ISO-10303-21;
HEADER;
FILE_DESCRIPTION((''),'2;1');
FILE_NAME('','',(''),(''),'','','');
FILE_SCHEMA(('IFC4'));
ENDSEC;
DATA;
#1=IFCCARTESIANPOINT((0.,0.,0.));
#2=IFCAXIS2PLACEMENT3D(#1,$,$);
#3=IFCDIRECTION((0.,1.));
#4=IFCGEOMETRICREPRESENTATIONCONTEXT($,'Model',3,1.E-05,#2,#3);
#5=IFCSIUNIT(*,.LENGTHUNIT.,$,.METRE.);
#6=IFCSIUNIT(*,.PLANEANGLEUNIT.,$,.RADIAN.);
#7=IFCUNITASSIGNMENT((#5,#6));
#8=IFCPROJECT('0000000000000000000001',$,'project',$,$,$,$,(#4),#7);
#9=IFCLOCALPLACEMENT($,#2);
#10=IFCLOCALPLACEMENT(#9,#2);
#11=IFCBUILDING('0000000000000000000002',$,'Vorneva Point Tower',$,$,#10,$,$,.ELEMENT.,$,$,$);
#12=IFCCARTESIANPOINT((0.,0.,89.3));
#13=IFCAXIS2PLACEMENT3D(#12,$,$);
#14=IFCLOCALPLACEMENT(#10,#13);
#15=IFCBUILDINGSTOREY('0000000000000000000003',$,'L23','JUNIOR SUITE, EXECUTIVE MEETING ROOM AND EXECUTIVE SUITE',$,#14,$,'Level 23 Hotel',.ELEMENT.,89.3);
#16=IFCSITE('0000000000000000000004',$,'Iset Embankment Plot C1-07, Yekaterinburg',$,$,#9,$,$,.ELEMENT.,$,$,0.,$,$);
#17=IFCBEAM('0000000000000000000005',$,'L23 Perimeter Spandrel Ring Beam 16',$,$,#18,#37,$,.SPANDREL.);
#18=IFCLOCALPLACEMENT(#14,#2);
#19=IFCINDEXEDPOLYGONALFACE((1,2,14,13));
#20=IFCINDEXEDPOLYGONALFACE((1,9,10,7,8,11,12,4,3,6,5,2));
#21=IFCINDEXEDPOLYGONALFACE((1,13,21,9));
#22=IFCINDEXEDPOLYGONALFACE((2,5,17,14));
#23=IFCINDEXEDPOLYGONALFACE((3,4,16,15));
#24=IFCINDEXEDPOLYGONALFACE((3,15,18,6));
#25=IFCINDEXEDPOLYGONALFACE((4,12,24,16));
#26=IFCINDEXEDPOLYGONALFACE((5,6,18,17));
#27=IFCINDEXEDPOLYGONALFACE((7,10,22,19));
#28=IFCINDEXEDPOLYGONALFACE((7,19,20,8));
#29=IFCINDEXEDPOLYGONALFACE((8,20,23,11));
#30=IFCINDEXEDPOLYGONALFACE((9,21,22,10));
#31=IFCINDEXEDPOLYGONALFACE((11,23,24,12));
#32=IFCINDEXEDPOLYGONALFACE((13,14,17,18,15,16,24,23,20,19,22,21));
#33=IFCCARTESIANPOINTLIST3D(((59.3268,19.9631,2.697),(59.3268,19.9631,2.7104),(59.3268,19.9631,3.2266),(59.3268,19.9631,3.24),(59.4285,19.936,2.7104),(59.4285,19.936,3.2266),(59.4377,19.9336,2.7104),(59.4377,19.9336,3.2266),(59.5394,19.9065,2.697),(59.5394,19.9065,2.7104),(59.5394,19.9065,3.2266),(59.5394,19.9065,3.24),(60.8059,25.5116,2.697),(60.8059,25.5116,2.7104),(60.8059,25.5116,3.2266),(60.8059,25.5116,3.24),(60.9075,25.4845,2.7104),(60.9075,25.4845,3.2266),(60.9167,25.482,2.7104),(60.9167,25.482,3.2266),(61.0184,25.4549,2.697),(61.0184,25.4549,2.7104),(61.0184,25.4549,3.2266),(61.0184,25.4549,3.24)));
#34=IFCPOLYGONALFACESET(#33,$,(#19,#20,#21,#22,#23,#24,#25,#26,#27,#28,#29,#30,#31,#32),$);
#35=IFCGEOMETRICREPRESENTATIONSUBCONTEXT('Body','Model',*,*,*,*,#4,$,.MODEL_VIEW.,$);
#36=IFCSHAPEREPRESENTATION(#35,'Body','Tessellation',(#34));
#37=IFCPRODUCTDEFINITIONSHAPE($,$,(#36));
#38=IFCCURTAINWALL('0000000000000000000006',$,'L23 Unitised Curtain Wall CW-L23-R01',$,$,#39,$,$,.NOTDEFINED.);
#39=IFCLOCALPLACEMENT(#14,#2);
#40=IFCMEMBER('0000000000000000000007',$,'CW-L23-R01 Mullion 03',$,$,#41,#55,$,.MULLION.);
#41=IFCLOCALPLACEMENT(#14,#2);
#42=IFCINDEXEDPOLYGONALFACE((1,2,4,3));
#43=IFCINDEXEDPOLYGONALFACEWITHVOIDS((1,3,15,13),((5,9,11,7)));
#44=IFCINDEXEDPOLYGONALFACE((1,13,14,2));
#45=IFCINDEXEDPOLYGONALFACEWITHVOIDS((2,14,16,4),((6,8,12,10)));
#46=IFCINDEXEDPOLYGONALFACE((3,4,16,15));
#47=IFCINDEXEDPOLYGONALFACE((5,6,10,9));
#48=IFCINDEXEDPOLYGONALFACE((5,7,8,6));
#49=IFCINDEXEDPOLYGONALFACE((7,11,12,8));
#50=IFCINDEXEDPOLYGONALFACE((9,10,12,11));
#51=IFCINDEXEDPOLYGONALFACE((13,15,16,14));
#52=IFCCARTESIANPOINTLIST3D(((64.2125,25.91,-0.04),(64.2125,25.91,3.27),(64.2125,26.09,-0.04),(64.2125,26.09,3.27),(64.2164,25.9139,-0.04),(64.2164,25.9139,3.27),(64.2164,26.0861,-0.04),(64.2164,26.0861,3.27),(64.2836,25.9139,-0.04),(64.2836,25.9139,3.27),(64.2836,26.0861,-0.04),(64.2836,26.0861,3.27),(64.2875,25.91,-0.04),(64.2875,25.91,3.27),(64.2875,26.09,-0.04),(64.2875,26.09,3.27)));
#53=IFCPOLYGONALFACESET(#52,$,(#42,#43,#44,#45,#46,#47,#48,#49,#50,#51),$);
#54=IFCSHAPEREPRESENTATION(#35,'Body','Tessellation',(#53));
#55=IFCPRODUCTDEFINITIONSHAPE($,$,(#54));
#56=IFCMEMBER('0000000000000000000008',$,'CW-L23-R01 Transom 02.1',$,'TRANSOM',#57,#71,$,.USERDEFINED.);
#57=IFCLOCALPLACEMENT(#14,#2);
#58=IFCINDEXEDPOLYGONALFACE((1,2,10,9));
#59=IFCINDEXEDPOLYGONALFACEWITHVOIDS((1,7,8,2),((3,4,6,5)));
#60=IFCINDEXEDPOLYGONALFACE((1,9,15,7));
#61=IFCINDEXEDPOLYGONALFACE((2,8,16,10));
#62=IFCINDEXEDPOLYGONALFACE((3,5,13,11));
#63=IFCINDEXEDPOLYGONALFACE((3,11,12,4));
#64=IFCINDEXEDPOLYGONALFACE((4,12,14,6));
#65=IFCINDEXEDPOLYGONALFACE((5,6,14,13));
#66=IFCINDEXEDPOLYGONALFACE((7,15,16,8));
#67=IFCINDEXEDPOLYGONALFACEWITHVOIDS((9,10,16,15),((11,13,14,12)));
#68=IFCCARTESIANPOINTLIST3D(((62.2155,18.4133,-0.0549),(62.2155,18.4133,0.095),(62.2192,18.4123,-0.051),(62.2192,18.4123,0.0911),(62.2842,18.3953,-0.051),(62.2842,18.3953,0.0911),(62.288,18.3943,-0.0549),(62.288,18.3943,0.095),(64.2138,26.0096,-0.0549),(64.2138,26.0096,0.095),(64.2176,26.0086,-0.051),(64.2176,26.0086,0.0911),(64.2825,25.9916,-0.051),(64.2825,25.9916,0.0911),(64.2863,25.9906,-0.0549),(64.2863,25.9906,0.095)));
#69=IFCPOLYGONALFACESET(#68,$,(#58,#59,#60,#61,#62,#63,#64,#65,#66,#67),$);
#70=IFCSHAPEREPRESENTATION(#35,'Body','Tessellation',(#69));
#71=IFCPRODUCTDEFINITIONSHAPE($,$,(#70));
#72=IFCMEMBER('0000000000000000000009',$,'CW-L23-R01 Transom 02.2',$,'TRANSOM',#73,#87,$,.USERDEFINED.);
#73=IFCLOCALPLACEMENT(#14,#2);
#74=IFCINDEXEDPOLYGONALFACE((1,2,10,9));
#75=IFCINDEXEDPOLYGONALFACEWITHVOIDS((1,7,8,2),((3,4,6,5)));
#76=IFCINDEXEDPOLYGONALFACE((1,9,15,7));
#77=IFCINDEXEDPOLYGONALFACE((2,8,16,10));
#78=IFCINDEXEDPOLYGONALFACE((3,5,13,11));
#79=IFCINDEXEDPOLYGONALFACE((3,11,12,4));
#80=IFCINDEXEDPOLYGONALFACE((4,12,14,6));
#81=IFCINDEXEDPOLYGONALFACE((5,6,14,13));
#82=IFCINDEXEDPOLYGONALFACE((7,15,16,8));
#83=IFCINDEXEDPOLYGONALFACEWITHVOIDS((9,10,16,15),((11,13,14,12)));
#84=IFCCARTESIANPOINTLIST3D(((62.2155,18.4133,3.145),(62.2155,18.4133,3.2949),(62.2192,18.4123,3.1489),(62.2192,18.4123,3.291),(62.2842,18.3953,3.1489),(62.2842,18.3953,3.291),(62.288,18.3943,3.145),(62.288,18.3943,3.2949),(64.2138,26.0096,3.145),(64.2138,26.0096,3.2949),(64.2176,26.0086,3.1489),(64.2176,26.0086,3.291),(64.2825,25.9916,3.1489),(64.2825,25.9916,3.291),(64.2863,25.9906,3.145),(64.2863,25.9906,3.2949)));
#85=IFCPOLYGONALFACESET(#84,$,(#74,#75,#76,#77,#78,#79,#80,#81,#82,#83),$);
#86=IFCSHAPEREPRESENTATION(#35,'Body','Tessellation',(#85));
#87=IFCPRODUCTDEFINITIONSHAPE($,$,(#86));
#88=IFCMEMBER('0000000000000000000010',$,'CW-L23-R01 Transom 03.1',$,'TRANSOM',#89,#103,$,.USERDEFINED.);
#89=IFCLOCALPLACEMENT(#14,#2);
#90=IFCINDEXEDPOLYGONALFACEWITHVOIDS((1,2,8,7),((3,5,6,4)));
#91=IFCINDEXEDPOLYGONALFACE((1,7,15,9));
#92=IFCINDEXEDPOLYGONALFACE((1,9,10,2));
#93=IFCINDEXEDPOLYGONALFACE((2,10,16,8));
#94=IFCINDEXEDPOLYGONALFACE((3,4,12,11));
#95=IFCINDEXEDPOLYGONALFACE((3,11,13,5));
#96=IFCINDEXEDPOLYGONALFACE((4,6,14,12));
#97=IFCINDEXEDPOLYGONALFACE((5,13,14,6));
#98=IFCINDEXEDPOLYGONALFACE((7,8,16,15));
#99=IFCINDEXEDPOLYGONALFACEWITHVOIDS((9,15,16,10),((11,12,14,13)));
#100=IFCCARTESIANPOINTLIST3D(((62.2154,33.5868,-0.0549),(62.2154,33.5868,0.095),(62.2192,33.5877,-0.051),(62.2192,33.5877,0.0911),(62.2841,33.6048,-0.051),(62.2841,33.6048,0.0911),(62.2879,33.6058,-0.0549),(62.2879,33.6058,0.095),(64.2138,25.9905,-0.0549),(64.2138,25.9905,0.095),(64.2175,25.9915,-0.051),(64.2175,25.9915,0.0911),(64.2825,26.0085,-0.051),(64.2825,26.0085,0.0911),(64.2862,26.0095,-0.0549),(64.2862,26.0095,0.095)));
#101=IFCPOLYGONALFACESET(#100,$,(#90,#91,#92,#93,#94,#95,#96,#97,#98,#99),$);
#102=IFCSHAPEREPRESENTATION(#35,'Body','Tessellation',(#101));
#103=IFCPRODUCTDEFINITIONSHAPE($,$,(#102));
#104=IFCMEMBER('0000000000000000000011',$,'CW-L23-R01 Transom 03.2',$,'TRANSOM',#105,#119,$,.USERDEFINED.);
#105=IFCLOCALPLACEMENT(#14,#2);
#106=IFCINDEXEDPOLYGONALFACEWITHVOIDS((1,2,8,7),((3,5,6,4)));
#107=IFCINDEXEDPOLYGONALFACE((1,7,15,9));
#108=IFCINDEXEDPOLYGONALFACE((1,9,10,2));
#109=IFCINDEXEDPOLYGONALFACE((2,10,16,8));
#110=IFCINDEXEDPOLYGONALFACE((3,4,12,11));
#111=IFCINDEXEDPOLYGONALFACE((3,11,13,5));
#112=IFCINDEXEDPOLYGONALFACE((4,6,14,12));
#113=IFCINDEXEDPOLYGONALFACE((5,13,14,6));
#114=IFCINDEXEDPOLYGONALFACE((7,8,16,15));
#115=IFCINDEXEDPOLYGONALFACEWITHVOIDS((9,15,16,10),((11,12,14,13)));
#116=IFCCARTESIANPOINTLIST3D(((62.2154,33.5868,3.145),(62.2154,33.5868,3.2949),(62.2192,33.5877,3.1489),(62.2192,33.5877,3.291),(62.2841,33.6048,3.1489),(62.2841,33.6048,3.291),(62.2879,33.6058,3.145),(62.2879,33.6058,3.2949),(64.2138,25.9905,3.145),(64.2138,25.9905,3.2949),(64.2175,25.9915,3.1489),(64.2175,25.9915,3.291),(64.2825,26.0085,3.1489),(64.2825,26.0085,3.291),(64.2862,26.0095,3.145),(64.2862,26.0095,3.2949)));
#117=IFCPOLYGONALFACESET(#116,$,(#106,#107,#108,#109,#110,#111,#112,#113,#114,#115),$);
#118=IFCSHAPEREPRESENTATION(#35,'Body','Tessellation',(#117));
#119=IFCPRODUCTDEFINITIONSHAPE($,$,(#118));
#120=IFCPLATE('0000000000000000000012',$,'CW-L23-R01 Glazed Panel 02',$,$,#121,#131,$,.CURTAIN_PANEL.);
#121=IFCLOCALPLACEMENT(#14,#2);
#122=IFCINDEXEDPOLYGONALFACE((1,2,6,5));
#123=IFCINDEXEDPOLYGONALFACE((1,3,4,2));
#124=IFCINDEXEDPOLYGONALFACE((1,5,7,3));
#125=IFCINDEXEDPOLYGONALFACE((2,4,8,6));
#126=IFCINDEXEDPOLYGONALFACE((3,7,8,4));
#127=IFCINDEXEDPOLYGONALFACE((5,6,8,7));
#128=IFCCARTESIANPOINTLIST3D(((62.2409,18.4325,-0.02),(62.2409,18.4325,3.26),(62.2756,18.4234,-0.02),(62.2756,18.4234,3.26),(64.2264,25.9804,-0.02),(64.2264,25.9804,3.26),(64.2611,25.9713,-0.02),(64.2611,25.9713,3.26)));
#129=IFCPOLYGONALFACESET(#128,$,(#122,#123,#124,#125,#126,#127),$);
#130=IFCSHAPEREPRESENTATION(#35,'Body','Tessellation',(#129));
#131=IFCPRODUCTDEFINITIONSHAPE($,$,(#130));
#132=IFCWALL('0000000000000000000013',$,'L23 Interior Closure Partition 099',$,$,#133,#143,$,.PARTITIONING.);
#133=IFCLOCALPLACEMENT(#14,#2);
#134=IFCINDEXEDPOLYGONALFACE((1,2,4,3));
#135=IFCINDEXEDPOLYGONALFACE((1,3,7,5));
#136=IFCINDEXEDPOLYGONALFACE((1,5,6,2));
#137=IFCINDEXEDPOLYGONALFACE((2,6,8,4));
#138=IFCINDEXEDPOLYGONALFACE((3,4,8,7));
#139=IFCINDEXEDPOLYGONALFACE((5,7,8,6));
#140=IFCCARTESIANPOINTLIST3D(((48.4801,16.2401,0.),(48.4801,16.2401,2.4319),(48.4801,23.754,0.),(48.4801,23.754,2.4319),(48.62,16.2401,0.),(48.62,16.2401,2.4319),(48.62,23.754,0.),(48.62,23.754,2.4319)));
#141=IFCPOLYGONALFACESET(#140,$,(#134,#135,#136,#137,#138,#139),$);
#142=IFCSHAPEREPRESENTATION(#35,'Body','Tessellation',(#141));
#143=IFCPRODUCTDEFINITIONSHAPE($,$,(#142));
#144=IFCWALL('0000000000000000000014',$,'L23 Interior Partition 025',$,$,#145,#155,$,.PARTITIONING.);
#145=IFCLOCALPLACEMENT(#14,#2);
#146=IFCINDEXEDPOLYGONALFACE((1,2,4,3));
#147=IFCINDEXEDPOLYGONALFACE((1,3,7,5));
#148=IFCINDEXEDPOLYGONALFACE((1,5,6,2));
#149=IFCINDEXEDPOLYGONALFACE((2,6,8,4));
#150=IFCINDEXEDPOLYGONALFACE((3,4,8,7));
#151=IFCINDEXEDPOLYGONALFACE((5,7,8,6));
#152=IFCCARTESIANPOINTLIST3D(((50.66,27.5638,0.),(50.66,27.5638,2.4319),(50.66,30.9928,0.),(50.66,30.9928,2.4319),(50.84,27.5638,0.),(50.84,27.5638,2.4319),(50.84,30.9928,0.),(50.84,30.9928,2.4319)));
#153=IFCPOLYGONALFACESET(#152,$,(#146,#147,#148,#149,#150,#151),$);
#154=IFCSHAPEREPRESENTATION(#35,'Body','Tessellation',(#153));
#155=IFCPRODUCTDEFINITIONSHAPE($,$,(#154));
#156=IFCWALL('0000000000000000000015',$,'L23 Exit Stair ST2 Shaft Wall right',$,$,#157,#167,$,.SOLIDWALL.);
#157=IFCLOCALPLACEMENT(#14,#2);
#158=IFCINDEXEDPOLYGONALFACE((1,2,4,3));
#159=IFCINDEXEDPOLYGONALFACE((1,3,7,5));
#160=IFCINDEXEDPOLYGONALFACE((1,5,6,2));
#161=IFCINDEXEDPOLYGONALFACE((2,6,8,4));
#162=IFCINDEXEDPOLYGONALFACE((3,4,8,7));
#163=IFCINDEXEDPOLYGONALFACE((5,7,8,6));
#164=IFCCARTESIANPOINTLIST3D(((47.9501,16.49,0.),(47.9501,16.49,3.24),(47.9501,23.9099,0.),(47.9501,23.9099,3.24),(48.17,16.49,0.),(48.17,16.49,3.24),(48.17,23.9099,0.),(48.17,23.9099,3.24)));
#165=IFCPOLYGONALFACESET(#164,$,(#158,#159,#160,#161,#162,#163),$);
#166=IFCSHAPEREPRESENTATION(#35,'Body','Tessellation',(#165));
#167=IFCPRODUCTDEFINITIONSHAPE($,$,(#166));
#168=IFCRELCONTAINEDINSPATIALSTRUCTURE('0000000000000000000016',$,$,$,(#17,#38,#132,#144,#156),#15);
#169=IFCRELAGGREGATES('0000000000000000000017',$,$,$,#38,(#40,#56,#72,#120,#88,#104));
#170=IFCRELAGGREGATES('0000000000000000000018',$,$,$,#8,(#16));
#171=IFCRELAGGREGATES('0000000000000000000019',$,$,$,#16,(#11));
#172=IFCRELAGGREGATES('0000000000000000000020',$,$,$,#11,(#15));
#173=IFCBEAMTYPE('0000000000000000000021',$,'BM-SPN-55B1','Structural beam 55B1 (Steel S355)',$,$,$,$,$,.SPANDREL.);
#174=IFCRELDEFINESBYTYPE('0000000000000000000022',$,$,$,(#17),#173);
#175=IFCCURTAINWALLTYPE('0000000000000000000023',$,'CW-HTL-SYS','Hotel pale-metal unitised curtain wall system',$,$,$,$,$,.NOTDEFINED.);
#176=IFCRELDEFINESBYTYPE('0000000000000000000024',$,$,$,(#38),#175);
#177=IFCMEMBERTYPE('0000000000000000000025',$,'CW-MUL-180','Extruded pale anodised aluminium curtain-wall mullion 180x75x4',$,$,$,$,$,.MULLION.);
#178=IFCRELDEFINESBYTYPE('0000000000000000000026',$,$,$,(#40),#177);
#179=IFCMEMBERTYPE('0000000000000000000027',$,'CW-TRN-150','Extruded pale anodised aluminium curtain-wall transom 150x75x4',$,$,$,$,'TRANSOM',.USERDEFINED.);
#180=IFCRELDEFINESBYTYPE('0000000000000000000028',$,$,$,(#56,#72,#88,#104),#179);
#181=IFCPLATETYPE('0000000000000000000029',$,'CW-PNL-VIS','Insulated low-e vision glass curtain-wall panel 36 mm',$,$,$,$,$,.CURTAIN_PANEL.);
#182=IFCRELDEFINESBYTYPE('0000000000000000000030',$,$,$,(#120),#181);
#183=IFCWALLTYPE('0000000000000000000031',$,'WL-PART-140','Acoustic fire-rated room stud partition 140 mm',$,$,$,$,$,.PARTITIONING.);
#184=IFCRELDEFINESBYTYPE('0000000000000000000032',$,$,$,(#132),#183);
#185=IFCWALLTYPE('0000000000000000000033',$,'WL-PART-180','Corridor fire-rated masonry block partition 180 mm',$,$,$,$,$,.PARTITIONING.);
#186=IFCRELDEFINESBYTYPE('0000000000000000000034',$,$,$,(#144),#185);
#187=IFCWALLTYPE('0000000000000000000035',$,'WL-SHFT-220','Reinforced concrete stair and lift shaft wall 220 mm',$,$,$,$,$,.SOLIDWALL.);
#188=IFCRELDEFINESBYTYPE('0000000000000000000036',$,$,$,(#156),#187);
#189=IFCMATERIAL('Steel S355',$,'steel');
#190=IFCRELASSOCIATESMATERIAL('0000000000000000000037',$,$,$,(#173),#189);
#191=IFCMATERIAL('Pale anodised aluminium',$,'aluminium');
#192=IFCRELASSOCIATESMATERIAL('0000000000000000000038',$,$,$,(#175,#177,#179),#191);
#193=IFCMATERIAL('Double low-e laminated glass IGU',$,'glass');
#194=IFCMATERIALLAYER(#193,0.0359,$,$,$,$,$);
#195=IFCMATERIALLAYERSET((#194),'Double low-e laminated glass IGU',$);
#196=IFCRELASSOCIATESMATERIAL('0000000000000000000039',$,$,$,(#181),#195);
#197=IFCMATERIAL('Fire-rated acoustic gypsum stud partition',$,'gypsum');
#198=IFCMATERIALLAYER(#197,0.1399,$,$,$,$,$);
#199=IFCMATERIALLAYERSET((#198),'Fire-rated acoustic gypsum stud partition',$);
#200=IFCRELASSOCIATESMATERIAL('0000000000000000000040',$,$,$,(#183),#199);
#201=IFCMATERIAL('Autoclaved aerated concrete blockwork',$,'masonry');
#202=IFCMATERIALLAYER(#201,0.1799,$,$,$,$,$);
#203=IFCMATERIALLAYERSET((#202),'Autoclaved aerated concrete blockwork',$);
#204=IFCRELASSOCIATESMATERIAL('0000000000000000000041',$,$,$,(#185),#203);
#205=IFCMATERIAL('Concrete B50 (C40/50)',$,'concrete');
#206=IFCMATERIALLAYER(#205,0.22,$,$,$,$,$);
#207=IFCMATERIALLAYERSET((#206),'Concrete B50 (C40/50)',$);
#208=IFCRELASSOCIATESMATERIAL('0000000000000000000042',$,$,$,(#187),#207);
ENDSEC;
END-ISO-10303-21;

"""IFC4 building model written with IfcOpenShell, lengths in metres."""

from ifc_helpers import new_model, si_unit, direction, frame, frame_2d, origin, origin_2d, place, context, subcontext, project, spatial, rectangle, hollow_rectangle, i_section, extrude, material, layer, layer_set, material_profile, profile_set, type_object, element, aggregate, save


model = new_model("IFC4")

# Units and contexts
model_context = context("Model", 3, precision=1e-05, world=origin(), true_north=direction((0.0, 1.0)))
body_context = subcontext(model_context, "Body", "Model", "MODEL_VIEW")
ifc_project = project(units=[si_unit("LENGTHUNIT", "METRE"), si_unit("PLANEANGLEUNIT", "RADIAN")], contexts=[model_context])

# Site, building, storey
site_placement = place(None, origin())
site = spatial("IfcSite", under=ifc_project, at=site_placement, Name="Iset Embankment Plot C1-07, Yekaterinburg", CompositionType="ELEMENT", RefElevation=0.0)
building_placement = place(site_placement, origin())
building = spatial("IfcBuilding", under=site, at=building_placement, Name="Vorneva Point Tower", CompositionType="ELEMENT")
storey_placement = place(building_placement, frame((0.0, 0.0, 89.3)))
storey = spatial("IfcBuildingStorey", under=building, at=storey_placement, Name="L23", Description="JUNIOR SUITE, EXECUTIVE MEETING ROOM AND EXECUTIVE SUITE", LongName="Level 23 Hotel", CompositionType="ELEMENT", Elevation=89.3)

# Beam
ifc_material_1 = material(Name="Steel S355", Category="steel")
ifc_material_profile_1 = material_profile(ifc_material_1, i_section(OverallWidth=0.22, OverallDepth=0.543, WebThickness=0.0095, FlangeThickness=0.0134, at=origin_2d()), Name="55B1")
ifc_profile_set_1 = profile_set([ifc_material_profile_1], Name="Steel S355")
beam_type_1 = type_object("IfcBeamType", Name="BM-SPN-55B1", Description="Structural beam 55B1 (Steel S355)", PredefinedType="SPANDREL", material=ifc_profile_set_1)
for number, where, z_axis, x_axis, name in (
    (1, (59.4331, 19.9348, 2.9685), (0.257573, 0.966259, 0.0), (-0.966259, 0.257573, 0.0), "L23 Perimeter Spandrel Ring Beam 16"),
):
    element("IfcBeam", number, at=place(storey_placement, frame(where, z_axis=z_axis, x_axis=x_axis)), inside=storey, type_object=beam_type_1, Name=name, PredefinedType="SPANDREL", context=body_context, shape_type="SweptSolid", body=[
        extrude(i_section(OverallWidth=0.22, OverallDepth=0.543, WebThickness=0.0095, FlangeThickness=0.0134, at=origin_2d()), origin(), (0.0, 0.0, 1.0), 5.7422),
    ])

# Curtain wall, members, plate
ifc_material_2 = material(Name="Pale anodised aluminium", Category="aluminium")
curtain_wall_type = type_object("IfcCurtainWallType", Name="CW-HTL-SYS", Description="Hotel pale-metal unitised curtain wall system", PredefinedType="NOTDEFINED", material=ifc_material_2)
curtain_wall_placement = place(storey_placement, origin())
curtain_wall = element("IfcCurtainWall", 2, at=curtain_wall_placement, inside=storey, type_object=curtain_wall_type, Name="L23 Unitised Curtain Wall CW-L23-R01", PredefinedType="NOTDEFINED")
ifc_material_profile_2 = material_profile(ifc_material_2, hollow_rectangle(XDim=0.075, YDim=0.1799, WallThickness=0.0039, at=origin_2d()), Name="AL-MUL 180x75x4")
ifc_profile_set_2 = profile_set([ifc_material_profile_2], Name="Pale anodised aluminium")
member_type_1 = type_object("IfcMemberType", Name="CW-MUL-180", Description="Extruded pale anodised aluminium curtain-wall mullion 180x75x4", PredefinedType="MULLION", material=ifc_profile_set_2)
member_1_placement = place(storey_placement, frame((64.25, 26.0, -0.04), z_axis=(0.0, 0.0, 1.0), x_axis=(1.0, 0.0, 0.0)))
member_1 = element("IfcMember", 3, at=member_1_placement, type_object=member_type_1, Name="CW-L23-R01 Mullion 03", PredefinedType="MULLION", context=body_context, shape_type="SweptSolid", body=[
    extrude(hollow_rectangle(XDim=0.075, YDim=0.1799, WallThickness=0.0039, at=origin_2d()), origin(), (0.0, 0.0, 1.0), 3.3101),
])
ifc_material_profile_3 = material_profile(ifc_material_2, hollow_rectangle(XDim=0.075, YDim=0.1499, WallThickness=0.0039, at=origin_2d()), Name="AL-TRN 150x75x4")
ifc_profile_set_3 = profile_set([ifc_material_profile_3], Name="Pale anodised aluminium")
member_type_2 = type_object("IfcMemberType", Name="CW-TRN-150", Description="Extruded pale anodised aluminium curtain-wall transom 150x75x4", ElementType="TRANSOM", PredefinedType="USERDEFINED", material=ifc_profile_set_3)
member_2_placement = place(storey_placement, frame((62.2517, 18.4038, 0.02), z_axis=(0.254409, 0.967097, 0.0), x_axis=(-0.967097, 0.254409, 0.0)))
member_2 = element("IfcMember", 4, at=member_2_placement, type_object=member_type_2, Name="CW-L23-R01 Transom 02.1", ObjectType="TRANSOM", PredefinedType="USERDEFINED", context=body_context, shape_type="SweptSolid", body=[
    extrude(hollow_rectangle(XDim=0.075, YDim=0.1499, WallThickness=0.0039, at=origin_2d()), origin(), (0.0, 0.0, 1.0), 7.8547),
])
member_3_placement = place(storey_placement, frame((62.2517, 18.4038, 3.22), z_axis=(0.254409, 0.967097, 0.0), x_axis=(-0.967097, 0.254409, 0.0)))
member_3 = element("IfcMember", 5, at=member_3_placement, type_object=member_type_2, Name="CW-L23-R01 Transom 02.2", ObjectType="TRANSOM", PredefinedType="USERDEFINED", context=body_context, shape_type="SweptSolid", body=[
    extrude(hollow_rectangle(XDim=0.075, YDim=0.1499, WallThickness=0.0039, at=origin_2d()), origin(), (0.0, 0.0, 1.0), 7.8547),
])
member_4_placement = place(storey_placement, frame((64.25, 26.0, 0.02), z_axis=(-0.254409, 0.967097, 0.0), x_axis=(-0.967097, -0.254409, 0.0)))
member_4 = element("IfcMember", 6, at=member_4_placement, type_object=member_type_2, Name="CW-L23-R01 Transom 03.1", ObjectType="TRANSOM", PredefinedType="USERDEFINED", context=body_context, shape_type="SweptSolid", body=[
    extrude(hollow_rectangle(XDim=0.075, YDim=0.1499, WallThickness=0.0039, at=origin_2d()), origin(), (0.0, 0.0, 1.0), 7.8547),
])
member_5_placement = place(storey_placement, frame((64.25, 26.0, 3.22), z_axis=(-0.254409, 0.967097, 0.0), x_axis=(-0.967097, -0.254409, 0.0)))
member_5 = element("IfcMember", 7, at=member_5_placement, type_object=member_type_2, Name="CW-L23-R01 Transom 03.2", ObjectType="TRANSOM", PredefinedType="USERDEFINED", context=body_context, shape_type="SweptSolid", body=[
    extrude(hollow_rectangle(XDim=0.075, YDim=0.1499, WallThickness=0.0039, at=origin_2d()), origin(), (0.0, 0.0, 1.0), 7.8547),
])
ifc_material_3 = material(Name="Double low-e laminated glass IGU", Category="glass")
ifc_layer_1 = layer(ifc_material_3, 0.0359)
ifc_layer_set_1 = layer_set([ifc_layer_1], Name="Double low-e laminated glass IGU")
plate_type = type_object("IfcPlateType", Name="CW-PNL-VIS", Description="Insulated low-e vision glass curtain-wall panel 36 mm", PredefinedType="CURTAIN_PANEL", material=ifc_layer_set_1)
plate_placement = place(storey_placement, frame((63.251, 22.2019, -0.02), z_axis=(0.0, 0.0, 1.0), x_axis=(0.254399, 0.967099, 0.0)))
plate = element("IfcPlate", 8, at=plate_placement, type_object=plate_type, Name="CW-L23-R01 Glazed Panel 02", PredefinedType="CURTAIN_PANEL", context=body_context, shape_type="SweptSolid", body=[
    extrude(rectangle(XDim=7.8047, YDim=0.0359, at=origin_2d()), origin(), (0.0, 0.0, 1.0), 3.28),
])
aggregate(curtain_wall, [member_1, member_2, member_3, plate, member_4, member_5])

# Wall
ifc_material_4 = material(Name="Fire-rated acoustic gypsum stud partition", Category="gypsum")
ifc_layer_2 = layer(ifc_material_4, 0.1399)
ifc_layer_set_2 = layer_set([ifc_layer_2], Name="Fire-rated acoustic gypsum stud partition")
wall_type_1 = type_object("IfcWallType", Name="WL-PART-140", Description="Acoustic fire-rated room stud partition 140 mm", PredefinedType="PARTITIONING", material=ifc_layer_set_2)
wall_1_placement = place(storey_placement, frame((48.55, 23.7539, 0.0), z_axis=(0.0, 0.0, 1.0), x_axis=(0.0, -1.0, 0.0)))
element("IfcWall", 9, at=wall_1_placement, inside=storey, type_object=wall_type_1, Name="L23 Interior Closure Partition 099", PredefinedType="PARTITIONING", context=body_context, shape_type="SweptSolid", body=[
    extrude(rectangle(XDim=7.5139, YDim=0.1399, at=frame_2d((3.7568, 0.0))), origin(), (0.0, 0.0, 1.0), 2.4319),
])

# Shared definitions
ifc_material_5 = material(Name="Autoclaved aerated concrete blockwork", Category="masonry")
ifc_layer_3 = layer(ifc_material_5, 0.1799)
ifc_layer_set_3 = layer_set([ifc_layer_3], Name="Autoclaved aerated concrete blockwork")
wall_type_2 = type_object("IfcWallType", Name="WL-PART-180", Description="Corridor fire-rated masonry block partition 180 mm", PredefinedType="PARTITIONING", material=ifc_layer_set_3)

# Walls
wall_2_placement = place(storey_placement, frame((50.75, 27.564, 0.0), z_axis=(0.0, 0.0, 1.0), x_axis=(0.0, 1.0, 0.0)))
element("IfcWall", 10, at=wall_2_placement, inside=storey, type_object=wall_type_2, Name="L23 Interior Partition 025", PredefinedType="PARTITIONING", context=body_context, shape_type="SweptSolid", body=[
    extrude(rectangle(XDim=3.429, YDim=0.1799, at=frame_2d((1.7144, 0.0))), origin(), (0.0, 0.0, 1.0), 2.4319),
])
ifc_material_6 = material(Name="Concrete B50 (C40/50)", Category="concrete")
ifc_layer_4 = layer(ifc_material_6, 0.22)
ifc_layer_set_4 = layer_set([ifc_layer_4], Name="Concrete B50 (C40/50)")
wall_type_3 = type_object("IfcWallType", Name="WL-SHFT-220", Description="Reinforced concrete stair and lift shaft wall 220 mm", PredefinedType="SOLIDWALL", material=ifc_layer_set_4)
wall_3_placement = place(storey_placement, frame((48.0601, 23.9099, 0.0), z_axis=(0.0, 0.0, 1.0), x_axis=(0.0, -1.0, 0.0)))
element("IfcWall", 11, at=wall_3_placement, inside=storey, type_object=wall_type_3, Name="L23 Exit Stair ST2 Shaft Wall right", PredefinedType="SOLIDWALL", context=body_context, shape_type="SweptSolid", body=[
    extrude(rectangle(XDim=7.4199, YDim=0.22, at=frame_2d((3.71, 0.0))), origin(), (0.0, 0.0, 1.0), 3.24),
])

save(model, "model.ifc")
